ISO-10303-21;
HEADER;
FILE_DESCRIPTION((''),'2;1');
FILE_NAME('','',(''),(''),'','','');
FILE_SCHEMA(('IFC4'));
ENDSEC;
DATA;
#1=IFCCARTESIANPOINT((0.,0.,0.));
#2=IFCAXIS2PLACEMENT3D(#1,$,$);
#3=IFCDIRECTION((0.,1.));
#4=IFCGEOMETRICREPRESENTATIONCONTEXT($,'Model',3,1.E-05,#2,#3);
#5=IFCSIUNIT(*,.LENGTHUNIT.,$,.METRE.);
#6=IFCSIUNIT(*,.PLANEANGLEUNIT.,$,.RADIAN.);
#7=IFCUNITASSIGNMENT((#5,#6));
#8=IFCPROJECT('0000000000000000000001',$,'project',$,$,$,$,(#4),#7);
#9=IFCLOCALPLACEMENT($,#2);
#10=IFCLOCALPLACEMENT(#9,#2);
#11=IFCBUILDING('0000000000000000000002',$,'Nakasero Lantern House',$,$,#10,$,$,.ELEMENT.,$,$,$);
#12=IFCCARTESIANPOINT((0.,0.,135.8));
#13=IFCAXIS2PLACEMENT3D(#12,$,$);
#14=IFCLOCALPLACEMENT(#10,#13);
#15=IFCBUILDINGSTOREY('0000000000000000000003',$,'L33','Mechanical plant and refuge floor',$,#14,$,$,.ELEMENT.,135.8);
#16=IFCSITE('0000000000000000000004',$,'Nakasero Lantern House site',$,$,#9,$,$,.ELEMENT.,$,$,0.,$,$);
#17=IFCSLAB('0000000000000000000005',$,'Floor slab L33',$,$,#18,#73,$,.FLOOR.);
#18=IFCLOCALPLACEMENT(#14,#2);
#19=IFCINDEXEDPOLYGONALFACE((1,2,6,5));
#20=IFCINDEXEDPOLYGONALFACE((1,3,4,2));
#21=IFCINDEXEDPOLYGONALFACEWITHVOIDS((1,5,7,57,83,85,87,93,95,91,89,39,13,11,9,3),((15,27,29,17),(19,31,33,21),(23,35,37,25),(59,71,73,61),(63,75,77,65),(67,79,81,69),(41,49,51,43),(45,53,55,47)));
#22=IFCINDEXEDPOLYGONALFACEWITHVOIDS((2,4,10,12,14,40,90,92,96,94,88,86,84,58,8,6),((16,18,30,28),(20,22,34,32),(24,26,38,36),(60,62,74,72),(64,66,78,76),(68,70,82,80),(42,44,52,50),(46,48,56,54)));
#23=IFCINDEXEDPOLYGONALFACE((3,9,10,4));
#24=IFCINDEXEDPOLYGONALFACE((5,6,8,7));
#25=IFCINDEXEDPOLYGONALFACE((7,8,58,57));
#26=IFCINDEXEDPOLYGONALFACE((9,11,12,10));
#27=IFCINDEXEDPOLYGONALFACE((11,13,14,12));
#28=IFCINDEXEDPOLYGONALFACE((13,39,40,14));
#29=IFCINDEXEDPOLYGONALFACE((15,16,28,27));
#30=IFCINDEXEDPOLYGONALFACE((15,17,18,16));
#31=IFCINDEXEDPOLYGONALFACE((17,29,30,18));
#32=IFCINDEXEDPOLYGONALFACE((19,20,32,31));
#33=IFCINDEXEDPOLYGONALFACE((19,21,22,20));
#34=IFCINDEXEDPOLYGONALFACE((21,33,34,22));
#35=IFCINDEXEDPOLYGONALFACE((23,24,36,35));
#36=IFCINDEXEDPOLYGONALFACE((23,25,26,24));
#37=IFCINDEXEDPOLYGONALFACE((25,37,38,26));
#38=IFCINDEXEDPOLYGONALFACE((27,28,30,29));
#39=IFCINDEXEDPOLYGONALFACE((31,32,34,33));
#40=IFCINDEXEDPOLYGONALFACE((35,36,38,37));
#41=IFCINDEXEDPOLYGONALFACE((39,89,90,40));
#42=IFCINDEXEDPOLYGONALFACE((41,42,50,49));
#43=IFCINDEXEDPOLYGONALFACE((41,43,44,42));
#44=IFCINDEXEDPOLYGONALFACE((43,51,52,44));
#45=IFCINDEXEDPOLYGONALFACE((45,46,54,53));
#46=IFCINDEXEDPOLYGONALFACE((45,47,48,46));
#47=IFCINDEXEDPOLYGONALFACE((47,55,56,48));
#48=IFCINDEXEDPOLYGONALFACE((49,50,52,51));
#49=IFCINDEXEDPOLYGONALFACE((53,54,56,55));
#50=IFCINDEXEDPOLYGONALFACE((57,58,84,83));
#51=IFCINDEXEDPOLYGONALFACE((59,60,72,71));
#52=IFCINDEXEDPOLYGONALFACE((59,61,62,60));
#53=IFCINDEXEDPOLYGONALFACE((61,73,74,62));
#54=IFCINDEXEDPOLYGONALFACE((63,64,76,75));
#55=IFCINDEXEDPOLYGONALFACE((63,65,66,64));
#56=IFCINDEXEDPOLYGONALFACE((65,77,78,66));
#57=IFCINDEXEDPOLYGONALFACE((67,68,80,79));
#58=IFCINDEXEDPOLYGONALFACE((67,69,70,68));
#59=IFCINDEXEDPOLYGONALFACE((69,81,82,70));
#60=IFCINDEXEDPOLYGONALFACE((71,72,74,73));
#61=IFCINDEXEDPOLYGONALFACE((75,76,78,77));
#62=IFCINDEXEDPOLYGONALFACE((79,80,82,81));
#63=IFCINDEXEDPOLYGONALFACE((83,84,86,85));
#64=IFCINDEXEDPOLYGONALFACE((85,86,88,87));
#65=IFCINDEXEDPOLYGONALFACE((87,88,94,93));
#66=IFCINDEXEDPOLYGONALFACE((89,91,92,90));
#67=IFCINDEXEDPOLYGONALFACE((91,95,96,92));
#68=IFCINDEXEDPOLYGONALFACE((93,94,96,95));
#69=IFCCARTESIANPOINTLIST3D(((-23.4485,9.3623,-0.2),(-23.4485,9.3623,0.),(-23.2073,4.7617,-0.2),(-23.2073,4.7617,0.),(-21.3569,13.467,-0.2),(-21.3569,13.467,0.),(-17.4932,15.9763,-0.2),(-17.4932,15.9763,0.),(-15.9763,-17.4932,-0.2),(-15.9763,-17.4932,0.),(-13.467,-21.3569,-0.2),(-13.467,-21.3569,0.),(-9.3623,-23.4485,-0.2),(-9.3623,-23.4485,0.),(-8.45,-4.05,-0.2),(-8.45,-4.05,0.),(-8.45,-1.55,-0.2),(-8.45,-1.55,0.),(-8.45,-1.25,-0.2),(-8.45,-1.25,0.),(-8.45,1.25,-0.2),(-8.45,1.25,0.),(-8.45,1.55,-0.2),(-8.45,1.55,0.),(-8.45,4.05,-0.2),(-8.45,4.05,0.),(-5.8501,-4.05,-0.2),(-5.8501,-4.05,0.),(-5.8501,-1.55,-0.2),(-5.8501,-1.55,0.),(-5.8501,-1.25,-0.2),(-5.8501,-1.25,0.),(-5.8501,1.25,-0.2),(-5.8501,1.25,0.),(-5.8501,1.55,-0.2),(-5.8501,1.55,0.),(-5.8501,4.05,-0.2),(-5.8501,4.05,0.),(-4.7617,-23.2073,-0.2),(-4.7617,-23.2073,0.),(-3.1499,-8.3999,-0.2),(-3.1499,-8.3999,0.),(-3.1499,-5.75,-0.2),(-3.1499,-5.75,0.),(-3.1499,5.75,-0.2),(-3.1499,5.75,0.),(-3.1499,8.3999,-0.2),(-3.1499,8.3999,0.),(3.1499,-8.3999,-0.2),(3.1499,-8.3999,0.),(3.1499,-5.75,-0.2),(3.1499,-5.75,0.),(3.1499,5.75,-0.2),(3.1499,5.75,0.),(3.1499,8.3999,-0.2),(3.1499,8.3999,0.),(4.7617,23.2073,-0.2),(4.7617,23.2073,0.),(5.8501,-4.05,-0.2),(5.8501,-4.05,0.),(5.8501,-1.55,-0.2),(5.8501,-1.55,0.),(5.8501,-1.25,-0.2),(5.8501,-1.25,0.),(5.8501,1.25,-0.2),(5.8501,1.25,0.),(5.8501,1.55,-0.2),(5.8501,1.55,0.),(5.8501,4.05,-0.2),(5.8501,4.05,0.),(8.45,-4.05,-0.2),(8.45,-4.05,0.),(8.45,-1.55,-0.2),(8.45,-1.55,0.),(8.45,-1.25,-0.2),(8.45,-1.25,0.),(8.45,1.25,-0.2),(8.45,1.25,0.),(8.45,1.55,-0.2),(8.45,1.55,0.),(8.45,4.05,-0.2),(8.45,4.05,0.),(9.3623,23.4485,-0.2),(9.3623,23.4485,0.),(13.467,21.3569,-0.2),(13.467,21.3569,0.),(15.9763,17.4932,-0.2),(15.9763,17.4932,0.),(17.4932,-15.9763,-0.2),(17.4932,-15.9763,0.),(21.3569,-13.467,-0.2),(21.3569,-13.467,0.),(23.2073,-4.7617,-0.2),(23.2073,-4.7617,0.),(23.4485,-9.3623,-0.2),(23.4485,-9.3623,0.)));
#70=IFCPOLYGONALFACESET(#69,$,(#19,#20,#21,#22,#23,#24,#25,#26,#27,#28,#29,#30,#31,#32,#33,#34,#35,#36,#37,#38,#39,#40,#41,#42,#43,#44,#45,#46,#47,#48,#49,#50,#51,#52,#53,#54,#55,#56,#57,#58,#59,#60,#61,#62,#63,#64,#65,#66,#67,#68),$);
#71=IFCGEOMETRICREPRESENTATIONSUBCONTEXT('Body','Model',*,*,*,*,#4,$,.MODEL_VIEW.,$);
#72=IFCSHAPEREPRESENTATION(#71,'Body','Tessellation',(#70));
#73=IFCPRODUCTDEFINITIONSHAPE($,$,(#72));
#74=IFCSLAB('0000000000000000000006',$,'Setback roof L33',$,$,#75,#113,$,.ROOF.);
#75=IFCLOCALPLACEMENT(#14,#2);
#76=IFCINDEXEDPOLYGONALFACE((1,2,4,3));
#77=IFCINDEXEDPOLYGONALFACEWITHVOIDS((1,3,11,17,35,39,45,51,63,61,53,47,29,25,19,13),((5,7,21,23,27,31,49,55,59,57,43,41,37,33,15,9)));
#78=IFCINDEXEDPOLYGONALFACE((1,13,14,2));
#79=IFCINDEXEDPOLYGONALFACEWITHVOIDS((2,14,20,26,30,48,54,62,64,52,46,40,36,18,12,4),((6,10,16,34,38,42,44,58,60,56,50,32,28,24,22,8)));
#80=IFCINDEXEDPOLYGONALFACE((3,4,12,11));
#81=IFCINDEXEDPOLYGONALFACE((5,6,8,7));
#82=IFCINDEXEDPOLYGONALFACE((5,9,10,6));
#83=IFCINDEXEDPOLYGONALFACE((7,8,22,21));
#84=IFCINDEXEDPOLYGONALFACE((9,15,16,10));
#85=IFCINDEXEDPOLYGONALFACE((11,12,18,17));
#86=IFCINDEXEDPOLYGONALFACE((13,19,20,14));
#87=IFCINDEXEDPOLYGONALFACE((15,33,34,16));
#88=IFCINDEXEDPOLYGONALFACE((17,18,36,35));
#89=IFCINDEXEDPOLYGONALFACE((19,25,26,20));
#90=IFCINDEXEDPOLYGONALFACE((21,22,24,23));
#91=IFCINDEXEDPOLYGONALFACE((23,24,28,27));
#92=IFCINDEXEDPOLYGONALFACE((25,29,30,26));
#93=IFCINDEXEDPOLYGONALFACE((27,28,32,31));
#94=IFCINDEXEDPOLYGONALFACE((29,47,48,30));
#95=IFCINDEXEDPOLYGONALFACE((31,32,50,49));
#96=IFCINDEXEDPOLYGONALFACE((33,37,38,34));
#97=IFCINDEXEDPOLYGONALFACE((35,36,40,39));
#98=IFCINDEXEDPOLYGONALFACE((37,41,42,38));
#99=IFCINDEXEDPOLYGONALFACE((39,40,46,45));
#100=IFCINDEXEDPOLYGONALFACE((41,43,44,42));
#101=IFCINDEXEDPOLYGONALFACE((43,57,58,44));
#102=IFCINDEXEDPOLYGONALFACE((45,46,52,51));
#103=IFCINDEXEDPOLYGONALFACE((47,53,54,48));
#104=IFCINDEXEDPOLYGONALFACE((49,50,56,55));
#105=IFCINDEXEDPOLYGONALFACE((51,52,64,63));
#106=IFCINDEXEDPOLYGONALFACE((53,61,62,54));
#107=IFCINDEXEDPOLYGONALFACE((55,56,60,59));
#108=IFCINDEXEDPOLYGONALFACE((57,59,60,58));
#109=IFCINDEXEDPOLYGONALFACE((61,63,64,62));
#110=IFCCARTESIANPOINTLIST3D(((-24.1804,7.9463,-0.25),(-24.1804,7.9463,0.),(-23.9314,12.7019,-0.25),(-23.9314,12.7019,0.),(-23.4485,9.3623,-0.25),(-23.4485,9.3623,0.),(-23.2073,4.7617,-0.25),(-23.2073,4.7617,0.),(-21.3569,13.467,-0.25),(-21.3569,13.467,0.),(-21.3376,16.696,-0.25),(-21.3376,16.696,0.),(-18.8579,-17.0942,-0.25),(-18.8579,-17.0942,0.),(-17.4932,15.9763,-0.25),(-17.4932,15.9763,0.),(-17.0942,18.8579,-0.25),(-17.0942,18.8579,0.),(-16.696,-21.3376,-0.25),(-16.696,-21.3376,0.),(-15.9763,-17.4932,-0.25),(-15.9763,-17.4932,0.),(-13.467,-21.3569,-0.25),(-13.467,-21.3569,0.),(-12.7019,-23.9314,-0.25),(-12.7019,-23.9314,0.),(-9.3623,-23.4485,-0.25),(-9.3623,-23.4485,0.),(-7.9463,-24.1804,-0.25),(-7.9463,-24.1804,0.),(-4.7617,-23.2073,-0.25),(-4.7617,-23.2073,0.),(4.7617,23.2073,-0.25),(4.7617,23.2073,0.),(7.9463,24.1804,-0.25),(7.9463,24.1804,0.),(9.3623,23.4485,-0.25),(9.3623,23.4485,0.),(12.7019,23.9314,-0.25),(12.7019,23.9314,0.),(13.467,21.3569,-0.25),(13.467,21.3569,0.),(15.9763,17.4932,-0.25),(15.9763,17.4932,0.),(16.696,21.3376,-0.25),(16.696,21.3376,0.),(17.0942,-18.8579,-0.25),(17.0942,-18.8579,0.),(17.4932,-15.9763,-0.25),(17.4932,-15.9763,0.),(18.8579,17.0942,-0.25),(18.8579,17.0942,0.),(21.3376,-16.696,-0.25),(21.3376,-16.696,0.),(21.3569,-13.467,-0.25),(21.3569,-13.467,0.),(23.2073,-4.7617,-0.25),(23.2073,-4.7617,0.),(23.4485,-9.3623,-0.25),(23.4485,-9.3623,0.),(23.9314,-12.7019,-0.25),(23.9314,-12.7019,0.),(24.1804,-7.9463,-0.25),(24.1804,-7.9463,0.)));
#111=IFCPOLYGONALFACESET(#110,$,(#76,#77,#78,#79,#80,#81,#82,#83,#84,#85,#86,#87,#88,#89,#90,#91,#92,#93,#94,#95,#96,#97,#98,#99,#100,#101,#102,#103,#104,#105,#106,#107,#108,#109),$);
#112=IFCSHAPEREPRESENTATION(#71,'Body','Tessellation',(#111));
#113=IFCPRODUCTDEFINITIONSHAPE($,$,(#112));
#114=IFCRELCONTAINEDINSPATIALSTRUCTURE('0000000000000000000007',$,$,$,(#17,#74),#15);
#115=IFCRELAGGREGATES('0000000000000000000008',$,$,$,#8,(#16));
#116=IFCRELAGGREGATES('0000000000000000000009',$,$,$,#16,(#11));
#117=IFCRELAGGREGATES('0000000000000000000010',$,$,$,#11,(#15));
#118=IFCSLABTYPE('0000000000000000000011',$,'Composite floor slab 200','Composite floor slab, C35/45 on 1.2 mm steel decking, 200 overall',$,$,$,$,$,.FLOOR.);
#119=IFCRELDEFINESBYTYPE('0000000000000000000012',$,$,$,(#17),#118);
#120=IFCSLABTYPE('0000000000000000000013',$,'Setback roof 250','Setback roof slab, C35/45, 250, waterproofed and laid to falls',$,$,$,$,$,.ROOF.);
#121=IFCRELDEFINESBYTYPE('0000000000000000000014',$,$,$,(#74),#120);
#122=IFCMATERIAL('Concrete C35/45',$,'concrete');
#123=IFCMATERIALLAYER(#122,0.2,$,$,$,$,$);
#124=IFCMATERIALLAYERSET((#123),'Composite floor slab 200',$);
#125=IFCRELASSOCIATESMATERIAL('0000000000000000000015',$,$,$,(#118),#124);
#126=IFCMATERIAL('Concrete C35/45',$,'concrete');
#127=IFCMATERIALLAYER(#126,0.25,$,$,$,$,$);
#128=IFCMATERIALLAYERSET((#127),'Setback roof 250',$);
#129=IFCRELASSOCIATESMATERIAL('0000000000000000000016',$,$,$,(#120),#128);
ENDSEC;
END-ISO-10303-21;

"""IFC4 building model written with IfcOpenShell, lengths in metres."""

from ifc_helpers import new_model, si_unit, direction, frame, origin, place, context, subcontext, project, spatial, polyline, outline, extrude, material, layer, layer_set, type_object, element, save


model = new_model("IFC4")

# Units and contexts
model_context = context("Model", 3, precision=1e-05, world=origin(), true_north=direction((0.0, 1.0)))
body_context = subcontext(model_context, "Body", "Model", "MODEL_VIEW")
ifc_project = project(units=[si_unit("LENGTHUNIT", "METRE"), si_unit("PLANEANGLEUNIT", "RADIAN")], contexts=[model_context])

# Site, building, storey
site_placement = place(None, origin())
site = spatial("IfcSite", under=ifc_project, at=site_placement, Name="Nakasero Lantern House site", CompositionType="ELEMENT", RefElevation=0.0)
building_placement = place(site_placement, origin())
building = spatial("IfcBuilding", under=site, at=building_placement, Name="Nakasero Lantern House", CompositionType="ELEMENT")
storey_placement = place(building_placement, frame((0.0, 0.0, 135.8)))
storey = spatial("IfcBuildingStorey", under=building, at=storey_placement, Name="L33", Description="Mechanical plant and refuge floor", CompositionType="ELEMENT", Elevation=135.8)

# Slabs
ifc_material_1 = material(Name="Concrete C35/45", Category="concrete")
ifc_layer_1 = layer(ifc_material_1, 0.2)
ifc_layer_set_1 = layer_set([ifc_layer_1], Name="Composite floor slab 200")
slab_type_1 = type_object("IfcSlabType", Name="Composite floor slab 200", Description="Composite floor slab, C35/45 on 1.2 mm steel decking, 200 overall", PredefinedType="FLOOR", material=ifc_layer_set_1)
slab_1_placement = place(storey_placement, frame((0.0, 0.0, -0.2)))
element("IfcSlab", 1, at=slab_1_placement, inside=storey, type_object=slab_type_1, Name="Floor slab L33", PredefinedType="FLOOR", context=body_context, shape_type="SweptSolid", body=[
    extrude(outline(polyline([(15.9763, 17.4932), (13.467, 21.3569), (9.3623, 23.4485), (4.7617, 23.2073), (-17.4932, 15.9763), (-21.3569, 13.467), (-23.4485, 9.3623), (-23.2073, 4.7617), (-15.9763, -17.4932), (-13.467, -21.3569), (-9.3623, -23.4485), (-4.7617, -23.2073), (17.4932, -15.9763), (21.3569, -13.467), (23.4485, -9.3623), (23.2073, -4.7617), (15.9763, 17.4932)]), holes=[polyline([(-8.45, -4.05), (-5.8501, -4.05), (-5.8501, -1.55), (-8.45, -1.55), (-8.45, -4.05)]), polyline([(-8.45, -1.25), (-5.8501, -1.25), (-5.8501, 1.25), (-8.45, 1.25), (-8.45, -1.25)]), polyline([(-8.45, 1.55), (-5.8501, 1.55), (-5.8501, 4.05), (-8.45, 4.05), (-8.45, 1.55)]), polyline([(5.8501, -4.05), (8.45, -4.05), (8.45, -1.55), (5.8501, -1.55), (5.8501, -4.05)]), polyline([(5.8501, -1.25), (8.45, -1.25), (8.45, 1.25), (5.8501, 1.25), (5.8501, -1.25)]), polyline([(5.8501, 1.55), (8.45, 1.55), (8.45, 4.05), (5.8501, 4.05), (5.8501, 1.55)]), polyline([(-3.1499, 5.75), (3.1499, 5.75), (3.1499, 8.3999), (-3.1499, 8.3999), (-3.1499, 5.75)]), polyline([(-3.1499, -8.3999), (3.1499, -8.3999), (3.1499, -5.75), (-3.1499, -5.75), (-3.1499, -8.3999)])]), origin(), (0.0, 0.0, 1.0), 0.2),
])
ifc_material_2 = material(Name="Concrete C35/45", Category="concrete")
ifc_layer_2 = layer(ifc_material_2, 0.25)
ifc_layer_set_2 = layer_set([ifc_layer_2], Name="Setback roof 250")
slab_type_2 = type_object("IfcSlabType", Name="Setback roof 250", Description="Setback roof slab, C35/45, 250, waterproofed and laid to falls", PredefinedType="ROOF", material=ifc_layer_set_2)
slab_2_placement = place(storey_placement, frame((0.0, 0.0, -0.25)))
element("IfcSlab", 2, at=slab_2_placement, inside=storey, type_object=slab_type_2, Name="Setback roof L33", PredefinedType="ROOF", context=body_context, shape_type="SweptSolid", body=[
    extrude(outline(polyline([(18.8579, 17.0942), (16.696, 21.3376), (12.7019, 23.9314), (7.9463, 24.1804), (-17.0942, 18.8579), (-21.3376, 16.696), (-23.9314, 12.7019), (-24.1804, 7.9463), (-18.8579, -17.0942), (-16.696, -21.3376), (-12.7019, -23.9314), (-7.9463, -24.1804), (17.0942, -18.8579), (21.3376, -16.696), (23.9314, -12.7019), (24.1804, -7.9463), (18.8579, 17.0942)]), holes=[polyline([(15.9763, 17.4932), (13.467, 21.3569), (9.3623, 23.4485), (4.7617, 23.2073), (-17.4932, 15.9763), (-21.3569, 13.467), (-23.4485, 9.3623), (-23.2073, 4.7617), (-15.9763, -17.4932), (-13.467, -21.3569), (-9.3623, -23.4485), (-4.7617, -23.2073), (17.4932, -15.9763), (21.3569, -13.467), (23.4485, -9.3623), (23.2073, -4.7617), (15.9763, 17.4932)])]), origin(), (0.0, 0.0, 1.0), 0.25),
])

save(model, "model.ifc")
